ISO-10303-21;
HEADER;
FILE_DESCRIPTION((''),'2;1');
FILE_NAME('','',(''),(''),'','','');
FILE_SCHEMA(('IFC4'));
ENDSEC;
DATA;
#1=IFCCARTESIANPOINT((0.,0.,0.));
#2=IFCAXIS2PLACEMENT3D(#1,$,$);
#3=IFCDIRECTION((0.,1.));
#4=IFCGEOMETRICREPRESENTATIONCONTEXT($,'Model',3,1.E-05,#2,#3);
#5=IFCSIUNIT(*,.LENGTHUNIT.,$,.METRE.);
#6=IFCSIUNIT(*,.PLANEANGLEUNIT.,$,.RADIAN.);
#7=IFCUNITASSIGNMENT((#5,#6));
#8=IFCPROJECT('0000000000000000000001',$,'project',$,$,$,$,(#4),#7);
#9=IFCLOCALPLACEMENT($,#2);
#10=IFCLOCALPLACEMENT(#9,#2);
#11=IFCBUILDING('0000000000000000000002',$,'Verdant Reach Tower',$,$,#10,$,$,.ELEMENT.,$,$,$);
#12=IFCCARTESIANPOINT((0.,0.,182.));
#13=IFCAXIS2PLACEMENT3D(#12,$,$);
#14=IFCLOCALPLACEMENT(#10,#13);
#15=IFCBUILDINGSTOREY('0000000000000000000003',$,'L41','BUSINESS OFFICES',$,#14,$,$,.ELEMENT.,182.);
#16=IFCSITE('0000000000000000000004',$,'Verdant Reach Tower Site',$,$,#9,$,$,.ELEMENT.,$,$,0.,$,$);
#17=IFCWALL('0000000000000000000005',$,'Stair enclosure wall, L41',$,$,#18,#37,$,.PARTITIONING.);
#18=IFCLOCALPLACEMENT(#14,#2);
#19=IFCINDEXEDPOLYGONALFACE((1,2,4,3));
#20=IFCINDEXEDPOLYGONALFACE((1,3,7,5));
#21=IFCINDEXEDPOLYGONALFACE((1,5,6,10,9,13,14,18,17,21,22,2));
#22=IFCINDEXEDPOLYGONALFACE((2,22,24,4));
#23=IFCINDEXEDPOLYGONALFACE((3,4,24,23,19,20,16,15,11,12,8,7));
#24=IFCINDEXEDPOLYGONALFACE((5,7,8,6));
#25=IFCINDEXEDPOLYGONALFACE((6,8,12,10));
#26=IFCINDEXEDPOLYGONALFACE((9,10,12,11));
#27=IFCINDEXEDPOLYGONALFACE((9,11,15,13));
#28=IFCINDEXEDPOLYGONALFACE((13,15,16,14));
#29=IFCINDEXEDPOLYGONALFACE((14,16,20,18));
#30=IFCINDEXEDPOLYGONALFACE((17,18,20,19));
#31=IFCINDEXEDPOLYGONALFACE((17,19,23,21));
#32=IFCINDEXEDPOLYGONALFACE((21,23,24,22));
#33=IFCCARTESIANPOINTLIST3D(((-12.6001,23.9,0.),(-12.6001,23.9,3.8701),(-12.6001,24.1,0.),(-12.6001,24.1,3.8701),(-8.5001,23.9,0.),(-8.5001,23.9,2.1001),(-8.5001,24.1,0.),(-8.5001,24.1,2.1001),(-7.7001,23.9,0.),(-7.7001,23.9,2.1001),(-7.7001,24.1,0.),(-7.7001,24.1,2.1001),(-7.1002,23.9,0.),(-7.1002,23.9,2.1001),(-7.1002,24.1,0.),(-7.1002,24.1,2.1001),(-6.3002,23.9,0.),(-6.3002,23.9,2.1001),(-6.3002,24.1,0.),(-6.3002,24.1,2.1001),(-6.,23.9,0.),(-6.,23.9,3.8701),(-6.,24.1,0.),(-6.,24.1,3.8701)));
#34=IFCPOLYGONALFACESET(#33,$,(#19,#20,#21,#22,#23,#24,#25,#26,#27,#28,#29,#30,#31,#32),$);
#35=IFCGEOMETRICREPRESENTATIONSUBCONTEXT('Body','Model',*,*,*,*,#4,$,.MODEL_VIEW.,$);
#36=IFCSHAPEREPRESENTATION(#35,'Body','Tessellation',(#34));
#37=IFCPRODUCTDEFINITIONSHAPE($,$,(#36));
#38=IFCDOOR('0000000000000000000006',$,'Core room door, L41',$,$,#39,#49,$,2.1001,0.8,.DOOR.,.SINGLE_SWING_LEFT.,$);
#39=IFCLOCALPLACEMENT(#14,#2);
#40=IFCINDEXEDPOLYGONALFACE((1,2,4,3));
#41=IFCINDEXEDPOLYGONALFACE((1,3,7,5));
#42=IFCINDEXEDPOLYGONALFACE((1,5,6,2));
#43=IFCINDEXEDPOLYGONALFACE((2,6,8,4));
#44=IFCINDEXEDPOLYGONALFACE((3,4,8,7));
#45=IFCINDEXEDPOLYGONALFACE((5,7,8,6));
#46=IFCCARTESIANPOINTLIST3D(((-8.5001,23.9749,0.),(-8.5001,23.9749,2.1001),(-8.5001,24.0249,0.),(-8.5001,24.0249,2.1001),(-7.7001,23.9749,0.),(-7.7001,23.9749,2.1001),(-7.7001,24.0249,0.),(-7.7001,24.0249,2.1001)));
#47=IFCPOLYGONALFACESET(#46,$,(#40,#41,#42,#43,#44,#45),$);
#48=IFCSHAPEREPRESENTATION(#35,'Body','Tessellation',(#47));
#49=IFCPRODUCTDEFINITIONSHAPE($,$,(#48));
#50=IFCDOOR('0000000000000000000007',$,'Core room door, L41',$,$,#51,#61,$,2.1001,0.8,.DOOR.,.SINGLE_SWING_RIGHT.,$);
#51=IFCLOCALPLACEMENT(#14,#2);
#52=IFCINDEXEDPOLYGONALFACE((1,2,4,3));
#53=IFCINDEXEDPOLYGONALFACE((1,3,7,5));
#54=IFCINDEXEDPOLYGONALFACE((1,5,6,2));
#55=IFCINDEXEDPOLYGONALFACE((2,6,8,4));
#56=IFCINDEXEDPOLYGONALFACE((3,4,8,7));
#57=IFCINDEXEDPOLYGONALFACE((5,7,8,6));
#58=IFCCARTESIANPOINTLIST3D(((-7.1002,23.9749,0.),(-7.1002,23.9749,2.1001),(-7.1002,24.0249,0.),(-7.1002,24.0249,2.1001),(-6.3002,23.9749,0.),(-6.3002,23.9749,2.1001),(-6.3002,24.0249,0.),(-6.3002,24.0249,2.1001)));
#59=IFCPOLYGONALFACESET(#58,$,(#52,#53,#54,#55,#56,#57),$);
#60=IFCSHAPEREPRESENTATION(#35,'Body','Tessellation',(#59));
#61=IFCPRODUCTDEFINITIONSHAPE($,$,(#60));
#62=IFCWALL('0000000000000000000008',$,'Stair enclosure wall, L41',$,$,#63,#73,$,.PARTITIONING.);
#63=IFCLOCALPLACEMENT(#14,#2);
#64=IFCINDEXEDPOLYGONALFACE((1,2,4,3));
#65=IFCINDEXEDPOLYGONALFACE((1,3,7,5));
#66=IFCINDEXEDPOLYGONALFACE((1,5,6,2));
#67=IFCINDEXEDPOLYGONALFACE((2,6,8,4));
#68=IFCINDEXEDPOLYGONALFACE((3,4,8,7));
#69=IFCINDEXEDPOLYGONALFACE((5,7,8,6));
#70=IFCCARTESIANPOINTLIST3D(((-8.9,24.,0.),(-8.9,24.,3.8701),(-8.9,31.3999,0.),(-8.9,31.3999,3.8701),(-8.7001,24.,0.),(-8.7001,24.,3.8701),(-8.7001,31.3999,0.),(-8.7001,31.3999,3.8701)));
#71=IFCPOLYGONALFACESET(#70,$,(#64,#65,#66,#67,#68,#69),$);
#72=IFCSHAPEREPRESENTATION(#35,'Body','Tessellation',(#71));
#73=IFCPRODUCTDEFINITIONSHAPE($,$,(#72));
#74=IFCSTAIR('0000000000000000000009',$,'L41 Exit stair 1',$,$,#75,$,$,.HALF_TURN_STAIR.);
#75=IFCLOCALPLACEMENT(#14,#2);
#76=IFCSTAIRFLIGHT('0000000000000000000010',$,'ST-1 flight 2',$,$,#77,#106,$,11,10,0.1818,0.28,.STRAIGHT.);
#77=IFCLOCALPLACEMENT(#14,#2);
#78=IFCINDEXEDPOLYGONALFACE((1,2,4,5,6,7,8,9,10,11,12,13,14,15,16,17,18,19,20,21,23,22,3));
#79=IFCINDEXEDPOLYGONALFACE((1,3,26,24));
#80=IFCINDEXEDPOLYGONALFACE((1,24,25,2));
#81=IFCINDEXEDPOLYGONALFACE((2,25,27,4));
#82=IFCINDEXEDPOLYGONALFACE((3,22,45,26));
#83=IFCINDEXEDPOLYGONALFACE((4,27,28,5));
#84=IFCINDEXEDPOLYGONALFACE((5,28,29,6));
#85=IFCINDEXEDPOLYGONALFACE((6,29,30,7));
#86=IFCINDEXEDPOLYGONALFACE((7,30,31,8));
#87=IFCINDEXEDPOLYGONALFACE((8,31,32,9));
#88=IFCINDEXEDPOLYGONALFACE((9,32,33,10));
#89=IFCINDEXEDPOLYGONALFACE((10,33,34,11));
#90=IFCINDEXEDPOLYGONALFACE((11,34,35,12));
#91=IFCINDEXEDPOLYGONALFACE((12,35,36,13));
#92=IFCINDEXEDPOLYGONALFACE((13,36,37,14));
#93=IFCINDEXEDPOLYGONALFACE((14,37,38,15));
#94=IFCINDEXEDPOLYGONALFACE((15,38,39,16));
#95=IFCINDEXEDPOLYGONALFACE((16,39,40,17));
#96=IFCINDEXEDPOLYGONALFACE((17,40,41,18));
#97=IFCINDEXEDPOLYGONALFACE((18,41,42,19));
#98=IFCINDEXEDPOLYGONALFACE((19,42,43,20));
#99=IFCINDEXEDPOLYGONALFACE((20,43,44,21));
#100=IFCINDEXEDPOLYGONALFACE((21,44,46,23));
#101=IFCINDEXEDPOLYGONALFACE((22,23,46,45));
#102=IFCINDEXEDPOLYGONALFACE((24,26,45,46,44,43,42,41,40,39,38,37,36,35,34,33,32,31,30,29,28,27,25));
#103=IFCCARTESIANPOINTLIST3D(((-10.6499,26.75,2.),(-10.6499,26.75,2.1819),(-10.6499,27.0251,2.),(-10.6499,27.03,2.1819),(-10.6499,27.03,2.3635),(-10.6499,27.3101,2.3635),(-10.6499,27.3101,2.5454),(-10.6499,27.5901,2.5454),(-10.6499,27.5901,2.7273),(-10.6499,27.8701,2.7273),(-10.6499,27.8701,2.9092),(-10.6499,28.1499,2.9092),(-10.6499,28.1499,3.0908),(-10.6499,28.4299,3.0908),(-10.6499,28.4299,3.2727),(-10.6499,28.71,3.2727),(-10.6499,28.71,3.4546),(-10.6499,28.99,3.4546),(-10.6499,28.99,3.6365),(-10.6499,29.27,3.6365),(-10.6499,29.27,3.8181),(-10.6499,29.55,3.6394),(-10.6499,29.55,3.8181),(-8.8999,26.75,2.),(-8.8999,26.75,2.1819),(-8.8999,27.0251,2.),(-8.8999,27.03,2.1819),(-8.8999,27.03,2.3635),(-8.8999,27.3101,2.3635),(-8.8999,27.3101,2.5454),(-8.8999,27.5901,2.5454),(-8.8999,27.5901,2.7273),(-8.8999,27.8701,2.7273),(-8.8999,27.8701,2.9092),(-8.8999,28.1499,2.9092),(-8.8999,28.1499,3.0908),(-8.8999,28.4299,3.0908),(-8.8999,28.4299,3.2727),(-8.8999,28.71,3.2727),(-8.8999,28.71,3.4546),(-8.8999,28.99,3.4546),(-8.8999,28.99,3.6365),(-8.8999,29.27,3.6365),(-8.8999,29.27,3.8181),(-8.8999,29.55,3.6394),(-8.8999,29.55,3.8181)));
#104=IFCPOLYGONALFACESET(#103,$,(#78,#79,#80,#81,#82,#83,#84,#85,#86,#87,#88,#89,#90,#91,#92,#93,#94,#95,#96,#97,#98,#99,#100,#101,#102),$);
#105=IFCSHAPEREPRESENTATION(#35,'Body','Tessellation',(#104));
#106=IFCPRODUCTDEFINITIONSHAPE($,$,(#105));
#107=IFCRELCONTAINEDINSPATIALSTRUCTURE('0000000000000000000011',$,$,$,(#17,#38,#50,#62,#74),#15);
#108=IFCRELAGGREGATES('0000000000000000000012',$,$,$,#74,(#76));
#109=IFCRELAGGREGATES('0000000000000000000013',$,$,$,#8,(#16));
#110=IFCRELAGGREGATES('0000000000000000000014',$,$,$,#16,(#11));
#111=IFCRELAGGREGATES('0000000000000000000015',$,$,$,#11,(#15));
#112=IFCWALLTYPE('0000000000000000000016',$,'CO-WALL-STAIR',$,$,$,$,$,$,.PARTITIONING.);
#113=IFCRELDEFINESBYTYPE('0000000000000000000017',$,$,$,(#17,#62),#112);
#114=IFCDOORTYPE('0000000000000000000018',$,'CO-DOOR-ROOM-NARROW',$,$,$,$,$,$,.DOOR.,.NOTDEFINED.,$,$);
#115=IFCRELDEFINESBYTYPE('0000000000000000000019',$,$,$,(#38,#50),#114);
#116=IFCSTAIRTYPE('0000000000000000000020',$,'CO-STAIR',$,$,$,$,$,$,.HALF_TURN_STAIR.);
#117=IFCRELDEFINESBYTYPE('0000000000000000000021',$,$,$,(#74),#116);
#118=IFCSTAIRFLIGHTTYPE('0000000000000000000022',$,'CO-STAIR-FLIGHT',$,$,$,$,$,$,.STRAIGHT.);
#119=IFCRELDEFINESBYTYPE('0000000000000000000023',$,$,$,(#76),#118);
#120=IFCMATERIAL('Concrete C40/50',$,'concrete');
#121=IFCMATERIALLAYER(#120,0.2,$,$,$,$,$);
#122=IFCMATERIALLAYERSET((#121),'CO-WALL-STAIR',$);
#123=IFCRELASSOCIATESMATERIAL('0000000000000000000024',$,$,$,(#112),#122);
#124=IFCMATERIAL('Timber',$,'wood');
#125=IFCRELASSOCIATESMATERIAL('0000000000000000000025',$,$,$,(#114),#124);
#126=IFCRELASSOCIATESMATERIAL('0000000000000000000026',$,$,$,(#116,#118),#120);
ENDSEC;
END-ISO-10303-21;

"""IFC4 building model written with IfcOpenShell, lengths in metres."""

from ifc_helpers import new_model, si_unit, direction, frame, frame_2d, origin, place, context, subcontext, project, spatial, polyline, rectangle, outline, extrude, material, layer, layer_set, type_object, element, fill, aggregate, save


model = new_model("IFC4")

# Units and contexts
model_context = context("Model", 3, precision=1e-05, world=origin(), true_north=direction((0.0, 1.0)))
body_context = subcontext(model_context, "Body", "Model", "MODEL_VIEW")
ifc_project = project(units=[si_unit("LENGTHUNIT", "METRE"), si_unit("PLANEANGLEUNIT", "RADIAN")], contexts=[model_context])

# Site, building, storey
site_placement = place(None, origin())
site = spatial("IfcSite", under=ifc_project, at=site_placement, Name="Verdant Reach Tower Site", CompositionType="ELEMENT", RefElevation=0.0)
building_placement = place(site_placement, origin())
building = spatial("IfcBuilding", under=site, at=building_placement, Name="Verdant Reach Tower", CompositionType="ELEMENT")
storey_placement = place(building_placement, frame((0.0, 0.0, 182.0)))
storey = spatial("IfcBuildingStorey", under=building, at=storey_placement, Name="L41", Description="BUSINESS OFFICES", CompositionType="ELEMENT", Elevation=182.0)

# Shared definitions
ifc_material_1 = material(Name="Timber", Category="wood")

# Shared definitions
ifc_material_2 = material(Name="Concrete C40/50", Category="concrete")

# Wall, openings, doors
ifc_layer_1 = layer(ifc_material_2, 0.2)
ifc_layer_set_1 = layer_set([ifc_layer_1], Name="CO-WALL-STAIR")
wall_type_1 = type_object("IfcWallType", Name="CO-WALL-STAIR", PredefinedType="PARTITIONING", material=ifc_layer_set_1)
wall_1_placement = place(storey_placement, frame((-12.6001, 24.0, 0.0), z_axis=(0.0, 0.0, 1.0), x_axis=(1.0, 0.0, 0.0)))
wall_1 = element("IfcWall", 1, at=wall_1_placement, inside=storey, type_object=wall_type_1, Name="Stair enclosure wall, L41", PredefinedType="PARTITIONING", context=body_context, shape_type="SweptSolid", body=[
    extrude(rectangle(XDim=6.6001, YDim=0.2, at=frame_2d((3.3, 0.0))), origin(), (0.0, 0.0, 1.0), 3.8701),
])
opening_1_placement = place(wall_1_placement, frame((4.1001, 0.0, 0.0)))
opening_1 = element("IfcOpeningElement", 2, at=opening_1_placement, cuts=wall_1, PredefinedType="OPENING", context=body_context, shape_type="SweptSolid", body=[
    extrude(rectangle(XDim=0.8, YDim=2.1001, at=frame_2d((0.3999, 1.05))), frame((0.0, 0.1099, 0.0), z_axis=(0.0, -1.0, 0.0), x_axis=(1.0, 0.0, 0.0)), (0.0, 0.0, 1.0), 0.22),
])
opening_2_placement = place(wall_1_placement, frame((5.5, 0.0, 0.0)))
opening_2 = element("IfcOpeningElement", 3, at=opening_2_placement, cuts=wall_1, PredefinedType="OPENING", context=body_context, shape_type="SweptSolid", body=[
    extrude(rectangle(XDim=0.8, YDim=2.1001, at=frame_2d((0.3999, 1.05))), frame((0.0, 0.1099, 0.0), z_axis=(0.0, -1.0, 0.0), x_axis=(1.0, 0.0, 0.0)), (0.0, 0.0, 1.0), 0.22),
])
door_type_1 = type_object("IfcDoorType", Name="CO-DOOR-ROOM-NARROW", OperationType="NOTDEFINED", PredefinedType="DOOR", material=ifc_material_1)
door_1_placement = place(opening_1_placement, origin())
door_1 = element("IfcDoor", 4, at=door_1_placement, inside=storey, type_object=door_type_1, Name="Core room door, L41", OperationType="SINGLE_SWING_LEFT", OverallHeight=2.1001, OverallWidth=0.8, PredefinedType="DOOR", context=body_context, shape_type="SweptSolid", body=[
    extrude(rectangle(XDim=0.8, YDim=2.1001, at=frame_2d((0.3999, 1.05))), frame((0.0, 0.0249, 0.0), z_axis=(0.0, -1.0, 0.0), x_axis=(1.0, 0.0, 0.0)), (0.0, 0.0, 1.0), 0.05),
])
fill(opening_1, door_1)
door_2_placement = place(opening_2_placement, origin())
door_2 = element("IfcDoor", 5, at=door_2_placement, inside=storey, type_object=door_type_1, Name="Core room door, L41", OperationType="SINGLE_SWING_RIGHT", OverallHeight=2.1001, OverallWidth=0.8, PredefinedType="DOOR", context=body_context, shape_type="SweptSolid", body=[
    extrude(rectangle(XDim=0.8, YDim=2.1001, at=frame_2d((0.3999, 1.05))), frame((0.0, 0.0249, 0.0), z_axis=(0.0, -1.0, 0.0), x_axis=(1.0, 0.0, 0.0)), (0.0, 0.0, 1.0), 0.05),
])
fill(opening_2, door_2)

# Wall
wall_2_placement = place(storey_placement, frame((-8.8, 24.0, 0.0), z_axis=(0.0, 0.0, 1.0), x_axis=(0.0, 1.0, 0.0)))
element("IfcWall", 6, at=wall_2_placement, inside=storey, type_object=wall_type_1, Name="Stair enclosure wall, L41", PredefinedType="PARTITIONING", context=body_context, shape_type="SweptSolid", body=[
    extrude(rectangle(XDim=7.3999, YDim=0.2, at=frame_2d((3.7, 0.0))), origin(), (0.0, 0.0, 1.0), 3.8701),
])

# Stair, stair flight
stair_type = type_object("IfcStairType", Name="CO-STAIR", PredefinedType="HALF_TURN_STAIR", material=ifc_material_2)
stair_placement = place(storey_placement, origin())
stair = element("IfcStair", 7, at=stair_placement, inside=storey, type_object=stair_type, Name="L41 Exit stair 1", PredefinedType="HALF_TURN_STAIR")
stair_flight_type = type_object("IfcStairFlightType", Name="CO-STAIR-FLIGHT", PredefinedType="STRAIGHT", material=ifc_material_2)
stair_flight_placement = place(storey_placement, frame((-9.7749, 26.75, 2.0), z_axis=(0.0, 0.0, 1.0), x_axis=(0.0, 1.0, 0.0)))
stair_flight = element("IfcStairFlight", 8, at=stair_flight_placement, type_object=stair_flight_type, Name="ST-1 flight 2", NumberOfRisers=11, NumberOfTreads=10, PredefinedType="STRAIGHT", RiserHeight=0.1818, TreadLength=0.28, context=body_context, shape_type="SweptSolid", body=[
    extrude(outline(polyline([(0.0, 0.0), (0.0, 0.1819), (0.28, 0.1819), (0.28, 0.3635), (0.5601, 0.3635), (0.5601, 0.5454), (0.8401, 0.5454), (0.8401, 0.7273), (1.1201, 0.7273), (1.1201, 0.9092), (1.3999, 0.9092), (1.3999, 1.0908), (1.6799, 1.0908), (1.6799, 1.2727), (1.96, 1.2727), (1.96, 1.4546), (2.24, 1.4546), (2.24, 1.6365), (2.52, 1.6365), (2.52, 1.8181), (2.8, 1.8181), (2.8, 2.0), (2.8, 1.6394), (0.2751, 0.0), (0.0, 0.0)])), frame((0.0, 0.875, 0.0), z_axis=(0.0, -1.0, 0.0), x_axis=(1.0, 0.0, 0.0)), (0.0, 0.0, 1.0), 1.75),
])
aggregate(stair, [stair_flight])

save(model, "model.ifc")
